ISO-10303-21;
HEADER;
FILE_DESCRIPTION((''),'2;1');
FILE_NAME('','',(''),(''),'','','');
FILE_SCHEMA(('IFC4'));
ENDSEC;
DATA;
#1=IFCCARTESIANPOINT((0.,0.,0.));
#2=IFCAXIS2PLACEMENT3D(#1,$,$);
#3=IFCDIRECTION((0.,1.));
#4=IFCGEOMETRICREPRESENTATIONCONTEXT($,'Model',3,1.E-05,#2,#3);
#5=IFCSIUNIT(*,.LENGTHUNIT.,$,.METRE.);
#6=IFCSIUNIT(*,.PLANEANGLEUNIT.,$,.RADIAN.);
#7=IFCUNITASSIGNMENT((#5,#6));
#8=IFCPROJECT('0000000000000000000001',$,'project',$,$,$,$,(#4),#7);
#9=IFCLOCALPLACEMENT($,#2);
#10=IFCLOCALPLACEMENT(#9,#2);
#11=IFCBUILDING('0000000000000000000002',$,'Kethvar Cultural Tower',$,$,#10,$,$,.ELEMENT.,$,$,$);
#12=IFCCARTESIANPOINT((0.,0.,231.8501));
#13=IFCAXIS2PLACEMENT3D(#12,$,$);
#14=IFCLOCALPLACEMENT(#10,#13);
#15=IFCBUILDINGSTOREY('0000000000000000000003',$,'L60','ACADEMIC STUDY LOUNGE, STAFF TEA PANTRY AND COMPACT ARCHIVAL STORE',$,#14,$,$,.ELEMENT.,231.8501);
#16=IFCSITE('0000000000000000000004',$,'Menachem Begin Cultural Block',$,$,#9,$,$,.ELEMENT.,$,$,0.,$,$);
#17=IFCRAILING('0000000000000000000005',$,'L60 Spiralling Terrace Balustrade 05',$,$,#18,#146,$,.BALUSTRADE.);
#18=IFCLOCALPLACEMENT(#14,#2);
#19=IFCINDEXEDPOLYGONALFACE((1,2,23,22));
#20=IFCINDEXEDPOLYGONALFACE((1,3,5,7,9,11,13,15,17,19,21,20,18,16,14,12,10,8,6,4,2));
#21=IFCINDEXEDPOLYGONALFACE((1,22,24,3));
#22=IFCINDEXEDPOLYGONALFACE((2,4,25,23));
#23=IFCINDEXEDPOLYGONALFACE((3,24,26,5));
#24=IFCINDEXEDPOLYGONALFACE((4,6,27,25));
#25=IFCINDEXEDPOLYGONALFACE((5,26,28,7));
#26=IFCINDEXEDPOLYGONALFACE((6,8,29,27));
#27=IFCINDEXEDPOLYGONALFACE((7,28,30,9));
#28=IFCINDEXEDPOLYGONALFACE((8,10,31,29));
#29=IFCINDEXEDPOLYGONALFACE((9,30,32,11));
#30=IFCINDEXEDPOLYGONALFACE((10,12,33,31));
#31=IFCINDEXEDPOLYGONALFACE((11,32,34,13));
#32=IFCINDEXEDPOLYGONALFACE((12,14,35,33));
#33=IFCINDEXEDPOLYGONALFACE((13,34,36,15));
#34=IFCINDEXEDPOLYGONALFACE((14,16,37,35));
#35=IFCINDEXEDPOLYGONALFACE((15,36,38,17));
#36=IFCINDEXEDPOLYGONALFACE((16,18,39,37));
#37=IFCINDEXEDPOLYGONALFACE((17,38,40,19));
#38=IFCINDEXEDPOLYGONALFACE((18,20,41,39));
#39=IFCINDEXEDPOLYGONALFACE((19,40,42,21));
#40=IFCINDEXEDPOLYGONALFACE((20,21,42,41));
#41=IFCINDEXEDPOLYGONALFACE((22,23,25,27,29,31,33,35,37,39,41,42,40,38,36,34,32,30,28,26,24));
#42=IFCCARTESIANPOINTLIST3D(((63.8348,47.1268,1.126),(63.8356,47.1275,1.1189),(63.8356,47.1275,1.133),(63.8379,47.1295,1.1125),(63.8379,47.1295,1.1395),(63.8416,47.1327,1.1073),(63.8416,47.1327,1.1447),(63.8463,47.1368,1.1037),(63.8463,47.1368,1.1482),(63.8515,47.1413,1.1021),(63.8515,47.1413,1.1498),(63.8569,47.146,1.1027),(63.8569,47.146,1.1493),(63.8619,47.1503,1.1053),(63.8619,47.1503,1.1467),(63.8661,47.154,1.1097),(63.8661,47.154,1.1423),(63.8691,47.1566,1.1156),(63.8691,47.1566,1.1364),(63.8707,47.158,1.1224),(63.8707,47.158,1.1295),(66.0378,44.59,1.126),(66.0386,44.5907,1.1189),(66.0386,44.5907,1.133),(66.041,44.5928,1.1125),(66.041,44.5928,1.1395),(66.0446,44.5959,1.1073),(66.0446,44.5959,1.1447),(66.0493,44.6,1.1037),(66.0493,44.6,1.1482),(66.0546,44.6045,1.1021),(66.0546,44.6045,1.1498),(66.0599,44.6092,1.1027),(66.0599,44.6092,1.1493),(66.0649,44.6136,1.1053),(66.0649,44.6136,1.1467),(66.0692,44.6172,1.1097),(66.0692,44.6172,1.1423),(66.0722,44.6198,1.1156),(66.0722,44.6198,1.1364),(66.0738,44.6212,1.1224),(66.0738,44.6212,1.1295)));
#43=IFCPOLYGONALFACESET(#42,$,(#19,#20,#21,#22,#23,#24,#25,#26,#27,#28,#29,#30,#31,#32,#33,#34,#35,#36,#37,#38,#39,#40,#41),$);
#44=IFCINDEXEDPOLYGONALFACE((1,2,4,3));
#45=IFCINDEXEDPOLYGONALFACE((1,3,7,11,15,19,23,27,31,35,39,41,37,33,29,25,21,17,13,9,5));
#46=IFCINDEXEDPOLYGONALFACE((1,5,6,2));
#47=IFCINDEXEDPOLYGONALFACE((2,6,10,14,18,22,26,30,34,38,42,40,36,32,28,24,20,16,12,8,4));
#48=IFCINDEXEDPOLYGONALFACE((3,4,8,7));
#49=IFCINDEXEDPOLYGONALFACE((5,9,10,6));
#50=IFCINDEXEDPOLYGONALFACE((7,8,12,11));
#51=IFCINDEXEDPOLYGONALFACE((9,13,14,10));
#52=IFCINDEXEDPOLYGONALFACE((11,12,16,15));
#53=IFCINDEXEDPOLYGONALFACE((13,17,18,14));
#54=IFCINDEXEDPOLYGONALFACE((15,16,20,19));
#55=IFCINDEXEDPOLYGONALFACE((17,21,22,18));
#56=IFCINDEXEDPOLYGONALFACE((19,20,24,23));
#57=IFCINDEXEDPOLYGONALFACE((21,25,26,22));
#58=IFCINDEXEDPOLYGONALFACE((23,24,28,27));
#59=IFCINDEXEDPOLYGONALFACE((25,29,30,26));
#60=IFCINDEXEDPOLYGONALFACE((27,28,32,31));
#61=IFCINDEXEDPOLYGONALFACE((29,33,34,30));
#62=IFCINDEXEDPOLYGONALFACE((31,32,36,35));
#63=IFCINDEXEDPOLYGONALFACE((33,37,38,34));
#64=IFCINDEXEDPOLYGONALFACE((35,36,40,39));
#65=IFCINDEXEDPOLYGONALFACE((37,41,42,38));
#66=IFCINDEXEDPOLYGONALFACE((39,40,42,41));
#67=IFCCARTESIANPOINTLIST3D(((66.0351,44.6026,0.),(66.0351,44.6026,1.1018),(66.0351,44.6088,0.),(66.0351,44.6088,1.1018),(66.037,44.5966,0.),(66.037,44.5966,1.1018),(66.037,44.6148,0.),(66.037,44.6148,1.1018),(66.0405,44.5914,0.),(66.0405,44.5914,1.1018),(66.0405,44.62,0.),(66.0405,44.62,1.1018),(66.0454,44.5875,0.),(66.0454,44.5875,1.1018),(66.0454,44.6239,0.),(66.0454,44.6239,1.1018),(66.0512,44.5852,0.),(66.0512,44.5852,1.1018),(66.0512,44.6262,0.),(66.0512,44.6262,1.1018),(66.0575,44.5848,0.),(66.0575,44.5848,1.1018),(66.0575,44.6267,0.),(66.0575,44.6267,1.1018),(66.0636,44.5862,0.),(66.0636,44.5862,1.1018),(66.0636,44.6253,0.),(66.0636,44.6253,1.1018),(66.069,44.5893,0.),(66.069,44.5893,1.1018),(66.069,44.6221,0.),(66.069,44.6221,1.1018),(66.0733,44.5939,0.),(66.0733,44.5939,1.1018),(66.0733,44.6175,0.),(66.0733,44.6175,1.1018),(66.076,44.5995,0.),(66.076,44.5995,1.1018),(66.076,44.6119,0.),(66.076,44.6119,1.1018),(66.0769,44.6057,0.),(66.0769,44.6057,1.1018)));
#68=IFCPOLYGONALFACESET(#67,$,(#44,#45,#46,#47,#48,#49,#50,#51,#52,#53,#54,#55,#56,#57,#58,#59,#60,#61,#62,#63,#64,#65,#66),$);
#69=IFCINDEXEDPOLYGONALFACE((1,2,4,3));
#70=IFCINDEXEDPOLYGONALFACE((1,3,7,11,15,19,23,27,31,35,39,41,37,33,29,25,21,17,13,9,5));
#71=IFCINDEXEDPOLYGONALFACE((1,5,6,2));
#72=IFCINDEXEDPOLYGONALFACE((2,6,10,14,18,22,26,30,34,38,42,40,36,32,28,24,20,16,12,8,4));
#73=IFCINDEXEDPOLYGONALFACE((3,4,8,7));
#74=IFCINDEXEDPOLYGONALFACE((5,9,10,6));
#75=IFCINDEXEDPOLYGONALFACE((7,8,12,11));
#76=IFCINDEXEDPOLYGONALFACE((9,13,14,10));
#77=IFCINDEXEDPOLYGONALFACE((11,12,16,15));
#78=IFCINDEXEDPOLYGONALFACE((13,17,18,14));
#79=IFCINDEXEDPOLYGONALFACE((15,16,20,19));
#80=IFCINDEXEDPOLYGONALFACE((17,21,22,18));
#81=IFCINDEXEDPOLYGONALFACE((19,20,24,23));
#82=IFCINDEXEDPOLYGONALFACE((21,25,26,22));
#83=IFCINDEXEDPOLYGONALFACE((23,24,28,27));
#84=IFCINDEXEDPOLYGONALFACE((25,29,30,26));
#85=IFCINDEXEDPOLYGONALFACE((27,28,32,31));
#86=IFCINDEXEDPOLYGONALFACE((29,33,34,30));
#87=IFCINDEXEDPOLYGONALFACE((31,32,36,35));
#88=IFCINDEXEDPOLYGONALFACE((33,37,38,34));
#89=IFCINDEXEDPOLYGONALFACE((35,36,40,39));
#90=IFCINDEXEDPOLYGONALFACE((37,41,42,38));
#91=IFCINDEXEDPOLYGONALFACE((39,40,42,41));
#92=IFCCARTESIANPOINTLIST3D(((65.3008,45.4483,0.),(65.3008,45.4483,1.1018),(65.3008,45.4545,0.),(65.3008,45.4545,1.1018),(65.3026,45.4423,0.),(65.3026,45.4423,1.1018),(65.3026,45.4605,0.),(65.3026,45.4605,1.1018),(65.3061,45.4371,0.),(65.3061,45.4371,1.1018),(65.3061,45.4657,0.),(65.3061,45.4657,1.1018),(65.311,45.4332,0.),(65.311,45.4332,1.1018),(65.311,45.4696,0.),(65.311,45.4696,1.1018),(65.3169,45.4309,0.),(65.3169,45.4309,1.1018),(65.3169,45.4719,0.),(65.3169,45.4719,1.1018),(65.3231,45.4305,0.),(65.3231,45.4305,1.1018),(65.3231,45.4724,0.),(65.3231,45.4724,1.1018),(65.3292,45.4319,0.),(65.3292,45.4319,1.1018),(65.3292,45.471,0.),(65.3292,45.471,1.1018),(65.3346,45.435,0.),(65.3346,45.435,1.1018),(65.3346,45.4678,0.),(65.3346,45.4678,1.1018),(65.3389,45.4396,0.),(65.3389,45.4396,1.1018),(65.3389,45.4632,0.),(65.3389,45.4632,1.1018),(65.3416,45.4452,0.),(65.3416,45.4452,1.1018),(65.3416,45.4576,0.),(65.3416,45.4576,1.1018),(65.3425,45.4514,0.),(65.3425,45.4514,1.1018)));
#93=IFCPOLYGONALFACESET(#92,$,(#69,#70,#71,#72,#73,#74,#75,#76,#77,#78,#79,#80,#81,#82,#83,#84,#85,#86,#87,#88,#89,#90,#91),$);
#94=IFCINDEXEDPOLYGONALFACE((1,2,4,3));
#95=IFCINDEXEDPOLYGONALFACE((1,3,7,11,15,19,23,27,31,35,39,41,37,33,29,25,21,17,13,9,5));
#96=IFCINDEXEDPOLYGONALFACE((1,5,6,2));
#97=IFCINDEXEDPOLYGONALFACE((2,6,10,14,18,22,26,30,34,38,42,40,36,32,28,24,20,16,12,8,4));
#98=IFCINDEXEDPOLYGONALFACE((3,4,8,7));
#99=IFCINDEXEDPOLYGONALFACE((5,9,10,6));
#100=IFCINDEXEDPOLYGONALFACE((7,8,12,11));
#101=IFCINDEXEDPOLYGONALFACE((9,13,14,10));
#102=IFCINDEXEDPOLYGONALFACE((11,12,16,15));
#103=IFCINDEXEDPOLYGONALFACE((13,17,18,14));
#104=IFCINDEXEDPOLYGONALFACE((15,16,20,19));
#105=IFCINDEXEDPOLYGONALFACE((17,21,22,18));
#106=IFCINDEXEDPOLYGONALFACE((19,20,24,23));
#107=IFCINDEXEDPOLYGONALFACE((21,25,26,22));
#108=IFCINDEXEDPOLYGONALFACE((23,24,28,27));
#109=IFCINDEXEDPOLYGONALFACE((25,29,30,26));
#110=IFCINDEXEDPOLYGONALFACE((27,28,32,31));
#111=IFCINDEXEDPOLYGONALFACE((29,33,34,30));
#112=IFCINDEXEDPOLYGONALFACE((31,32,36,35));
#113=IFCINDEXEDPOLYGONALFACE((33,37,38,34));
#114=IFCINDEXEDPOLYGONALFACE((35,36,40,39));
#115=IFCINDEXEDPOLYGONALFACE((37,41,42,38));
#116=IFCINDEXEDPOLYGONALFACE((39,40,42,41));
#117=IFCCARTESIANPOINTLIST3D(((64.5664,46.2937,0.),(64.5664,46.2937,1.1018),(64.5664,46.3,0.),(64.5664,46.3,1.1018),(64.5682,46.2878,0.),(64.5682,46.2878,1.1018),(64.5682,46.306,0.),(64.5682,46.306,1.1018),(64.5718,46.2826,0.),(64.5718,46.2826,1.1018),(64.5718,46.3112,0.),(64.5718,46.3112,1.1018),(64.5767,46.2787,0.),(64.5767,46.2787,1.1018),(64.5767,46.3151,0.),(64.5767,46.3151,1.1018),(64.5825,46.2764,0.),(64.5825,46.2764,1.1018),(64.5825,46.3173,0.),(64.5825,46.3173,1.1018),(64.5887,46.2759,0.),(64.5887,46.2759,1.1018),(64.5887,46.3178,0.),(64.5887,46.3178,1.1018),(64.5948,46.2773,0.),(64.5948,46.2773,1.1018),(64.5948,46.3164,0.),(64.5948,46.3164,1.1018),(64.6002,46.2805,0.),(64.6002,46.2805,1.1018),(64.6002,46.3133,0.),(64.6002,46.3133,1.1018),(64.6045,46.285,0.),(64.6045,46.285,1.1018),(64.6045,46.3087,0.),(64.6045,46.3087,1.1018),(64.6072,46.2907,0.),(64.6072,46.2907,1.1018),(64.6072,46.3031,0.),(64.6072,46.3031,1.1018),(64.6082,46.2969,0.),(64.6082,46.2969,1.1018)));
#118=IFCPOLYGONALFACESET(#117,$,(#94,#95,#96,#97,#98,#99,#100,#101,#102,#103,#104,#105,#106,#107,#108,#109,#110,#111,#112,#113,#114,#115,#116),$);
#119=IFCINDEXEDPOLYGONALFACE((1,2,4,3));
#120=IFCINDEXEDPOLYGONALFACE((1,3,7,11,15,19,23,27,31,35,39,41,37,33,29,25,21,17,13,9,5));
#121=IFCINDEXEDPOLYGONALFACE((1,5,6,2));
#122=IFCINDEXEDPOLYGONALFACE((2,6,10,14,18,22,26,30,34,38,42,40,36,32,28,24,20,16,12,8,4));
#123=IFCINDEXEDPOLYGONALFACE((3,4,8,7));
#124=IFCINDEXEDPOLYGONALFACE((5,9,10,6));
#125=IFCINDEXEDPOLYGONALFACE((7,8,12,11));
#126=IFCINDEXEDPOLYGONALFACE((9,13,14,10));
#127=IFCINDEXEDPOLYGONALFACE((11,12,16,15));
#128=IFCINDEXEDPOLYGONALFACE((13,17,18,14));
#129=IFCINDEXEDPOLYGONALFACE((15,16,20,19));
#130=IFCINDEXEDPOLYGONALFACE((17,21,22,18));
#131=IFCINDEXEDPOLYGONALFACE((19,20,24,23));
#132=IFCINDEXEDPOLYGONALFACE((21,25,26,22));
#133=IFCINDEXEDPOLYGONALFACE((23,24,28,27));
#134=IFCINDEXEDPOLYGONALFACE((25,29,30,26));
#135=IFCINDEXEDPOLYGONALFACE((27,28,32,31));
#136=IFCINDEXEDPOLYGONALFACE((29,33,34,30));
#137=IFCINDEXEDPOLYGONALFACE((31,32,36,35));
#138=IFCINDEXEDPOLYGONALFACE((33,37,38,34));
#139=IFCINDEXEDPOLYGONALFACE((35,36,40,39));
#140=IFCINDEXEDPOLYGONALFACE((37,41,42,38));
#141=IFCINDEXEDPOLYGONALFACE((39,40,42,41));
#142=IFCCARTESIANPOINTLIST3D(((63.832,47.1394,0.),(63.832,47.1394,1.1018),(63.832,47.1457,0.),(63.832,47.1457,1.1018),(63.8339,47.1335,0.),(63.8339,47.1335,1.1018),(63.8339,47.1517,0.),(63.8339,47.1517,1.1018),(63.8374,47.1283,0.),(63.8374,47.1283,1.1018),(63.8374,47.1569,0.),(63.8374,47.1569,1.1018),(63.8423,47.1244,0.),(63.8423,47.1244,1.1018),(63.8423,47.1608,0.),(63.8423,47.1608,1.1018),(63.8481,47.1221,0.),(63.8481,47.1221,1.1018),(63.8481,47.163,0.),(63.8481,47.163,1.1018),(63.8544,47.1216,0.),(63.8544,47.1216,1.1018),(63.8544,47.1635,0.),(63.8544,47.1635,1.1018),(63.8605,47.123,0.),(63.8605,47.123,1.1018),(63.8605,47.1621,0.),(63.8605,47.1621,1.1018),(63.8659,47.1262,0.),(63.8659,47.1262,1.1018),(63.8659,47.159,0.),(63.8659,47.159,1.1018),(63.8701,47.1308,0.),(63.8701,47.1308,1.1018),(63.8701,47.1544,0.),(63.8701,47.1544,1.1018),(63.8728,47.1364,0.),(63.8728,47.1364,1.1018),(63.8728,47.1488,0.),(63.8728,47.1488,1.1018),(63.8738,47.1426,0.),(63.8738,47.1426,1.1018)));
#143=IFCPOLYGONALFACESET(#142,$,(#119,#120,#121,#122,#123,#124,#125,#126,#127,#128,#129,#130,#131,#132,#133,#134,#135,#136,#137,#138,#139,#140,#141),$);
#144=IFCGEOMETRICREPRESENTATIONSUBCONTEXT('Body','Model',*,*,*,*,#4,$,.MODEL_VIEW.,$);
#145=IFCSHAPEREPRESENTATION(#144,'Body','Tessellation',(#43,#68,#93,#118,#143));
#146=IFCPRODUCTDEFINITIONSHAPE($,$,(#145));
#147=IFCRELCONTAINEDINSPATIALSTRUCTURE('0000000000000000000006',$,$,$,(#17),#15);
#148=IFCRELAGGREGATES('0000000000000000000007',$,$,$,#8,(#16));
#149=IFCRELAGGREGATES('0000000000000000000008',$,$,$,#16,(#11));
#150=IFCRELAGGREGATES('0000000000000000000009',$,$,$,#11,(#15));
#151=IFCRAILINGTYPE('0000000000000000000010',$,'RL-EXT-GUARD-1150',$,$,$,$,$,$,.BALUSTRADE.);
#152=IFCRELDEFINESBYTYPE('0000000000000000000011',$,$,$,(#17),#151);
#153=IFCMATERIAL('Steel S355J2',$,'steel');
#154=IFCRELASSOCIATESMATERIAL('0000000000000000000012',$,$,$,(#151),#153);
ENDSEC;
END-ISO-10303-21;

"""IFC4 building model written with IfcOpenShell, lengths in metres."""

from ifc_helpers import new_model, si_unit, direction, frame, origin, origin_2d, place, context, subcontext, project, spatial, circle, extrude, material, type_object, element, save


model = new_model("IFC4")

# Units and contexts
model_context = context("Model", 3, precision=1e-05, world=origin(), true_north=direction((0.0, 1.0)))
body_context = subcontext(model_context, "Body", "Model", "MODEL_VIEW")
ifc_project = project(units=[si_unit("LENGTHUNIT", "METRE"), si_unit("PLANEANGLEUNIT", "RADIAN")], contexts=[model_context])

# Site, building, storey
site_placement = place(None, origin())
site = spatial("IfcSite", under=ifc_project, at=site_placement, Name="Menachem Begin Cultural Block", CompositionType="ELEMENT", RefElevation=0.0)
building_placement = place(site_placement, origin())
building = spatial("IfcBuilding", under=site, at=building_placement, Name="Kethvar Cultural Tower", CompositionType="ELEMENT")
storey_placement = place(building_placement, frame((0.0, 0.0, 231.8501)))
storey = spatial("IfcBuildingStorey", under=building, at=storey_placement, Name="L60", Description="ACADEMIC STUDY LOUNGE, STAFF TEA PANTRY AND COMPACT ARCHIVAL STORE", CompositionType="ELEMENT", Elevation=231.8501)

# Shared definitions
ifc_material_1 = material(Name="Steel S355J2", Category="steel")

# Railing
railing_type = type_object("IfcRailingType", Name="RL-EXT-GUARD-1150", PredefinedType="BALUSTRADE", material=ifc_material_1)
railing_1_placement = place(storey_placement, frame((66.0559, 44.6057, 0.0)))
element("IfcRailing", 1, at=railing_1_placement, inside=storey, type_object=railing_type, Name="L60 Spiralling Terrace Balustrade 05", PredefinedType="BALUSTRADE", context=body_context, shape_type="SweptSolid", body=[
    extrude(circle(Radius=0.0239, at=origin_2d()), frame((0.0, 0.0, 1.126), z_axis=(-0.655696, 0.755025, 0.0), x_axis=(-0.755025, -0.655696, 0.0)), (0.0, 0.0, 1.0), 3.3599),
    extrude(circle(Radius=0.021, at=origin_2d()), origin(), (0.0, 0.0, 1.0), 1.1018),
    extrude(circle(Radius=0.021, at=origin_2d()), frame((-0.7344, 0.8457, 0.0)), (0.0, 0.0, 1.0), 1.1018),
    extrude(circle(Radius=0.021, at=origin_2d()), frame((-1.4688, 1.6912, 0.0)), (0.0, 0.0, 1.0), 1.1018),
    extrude(circle(Radius=0.021, at=origin_2d()), frame((-2.2031, 2.5369, 0.0)), (0.0, 0.0, 1.0), 1.1018),
])

save(model, "model.ifc")
